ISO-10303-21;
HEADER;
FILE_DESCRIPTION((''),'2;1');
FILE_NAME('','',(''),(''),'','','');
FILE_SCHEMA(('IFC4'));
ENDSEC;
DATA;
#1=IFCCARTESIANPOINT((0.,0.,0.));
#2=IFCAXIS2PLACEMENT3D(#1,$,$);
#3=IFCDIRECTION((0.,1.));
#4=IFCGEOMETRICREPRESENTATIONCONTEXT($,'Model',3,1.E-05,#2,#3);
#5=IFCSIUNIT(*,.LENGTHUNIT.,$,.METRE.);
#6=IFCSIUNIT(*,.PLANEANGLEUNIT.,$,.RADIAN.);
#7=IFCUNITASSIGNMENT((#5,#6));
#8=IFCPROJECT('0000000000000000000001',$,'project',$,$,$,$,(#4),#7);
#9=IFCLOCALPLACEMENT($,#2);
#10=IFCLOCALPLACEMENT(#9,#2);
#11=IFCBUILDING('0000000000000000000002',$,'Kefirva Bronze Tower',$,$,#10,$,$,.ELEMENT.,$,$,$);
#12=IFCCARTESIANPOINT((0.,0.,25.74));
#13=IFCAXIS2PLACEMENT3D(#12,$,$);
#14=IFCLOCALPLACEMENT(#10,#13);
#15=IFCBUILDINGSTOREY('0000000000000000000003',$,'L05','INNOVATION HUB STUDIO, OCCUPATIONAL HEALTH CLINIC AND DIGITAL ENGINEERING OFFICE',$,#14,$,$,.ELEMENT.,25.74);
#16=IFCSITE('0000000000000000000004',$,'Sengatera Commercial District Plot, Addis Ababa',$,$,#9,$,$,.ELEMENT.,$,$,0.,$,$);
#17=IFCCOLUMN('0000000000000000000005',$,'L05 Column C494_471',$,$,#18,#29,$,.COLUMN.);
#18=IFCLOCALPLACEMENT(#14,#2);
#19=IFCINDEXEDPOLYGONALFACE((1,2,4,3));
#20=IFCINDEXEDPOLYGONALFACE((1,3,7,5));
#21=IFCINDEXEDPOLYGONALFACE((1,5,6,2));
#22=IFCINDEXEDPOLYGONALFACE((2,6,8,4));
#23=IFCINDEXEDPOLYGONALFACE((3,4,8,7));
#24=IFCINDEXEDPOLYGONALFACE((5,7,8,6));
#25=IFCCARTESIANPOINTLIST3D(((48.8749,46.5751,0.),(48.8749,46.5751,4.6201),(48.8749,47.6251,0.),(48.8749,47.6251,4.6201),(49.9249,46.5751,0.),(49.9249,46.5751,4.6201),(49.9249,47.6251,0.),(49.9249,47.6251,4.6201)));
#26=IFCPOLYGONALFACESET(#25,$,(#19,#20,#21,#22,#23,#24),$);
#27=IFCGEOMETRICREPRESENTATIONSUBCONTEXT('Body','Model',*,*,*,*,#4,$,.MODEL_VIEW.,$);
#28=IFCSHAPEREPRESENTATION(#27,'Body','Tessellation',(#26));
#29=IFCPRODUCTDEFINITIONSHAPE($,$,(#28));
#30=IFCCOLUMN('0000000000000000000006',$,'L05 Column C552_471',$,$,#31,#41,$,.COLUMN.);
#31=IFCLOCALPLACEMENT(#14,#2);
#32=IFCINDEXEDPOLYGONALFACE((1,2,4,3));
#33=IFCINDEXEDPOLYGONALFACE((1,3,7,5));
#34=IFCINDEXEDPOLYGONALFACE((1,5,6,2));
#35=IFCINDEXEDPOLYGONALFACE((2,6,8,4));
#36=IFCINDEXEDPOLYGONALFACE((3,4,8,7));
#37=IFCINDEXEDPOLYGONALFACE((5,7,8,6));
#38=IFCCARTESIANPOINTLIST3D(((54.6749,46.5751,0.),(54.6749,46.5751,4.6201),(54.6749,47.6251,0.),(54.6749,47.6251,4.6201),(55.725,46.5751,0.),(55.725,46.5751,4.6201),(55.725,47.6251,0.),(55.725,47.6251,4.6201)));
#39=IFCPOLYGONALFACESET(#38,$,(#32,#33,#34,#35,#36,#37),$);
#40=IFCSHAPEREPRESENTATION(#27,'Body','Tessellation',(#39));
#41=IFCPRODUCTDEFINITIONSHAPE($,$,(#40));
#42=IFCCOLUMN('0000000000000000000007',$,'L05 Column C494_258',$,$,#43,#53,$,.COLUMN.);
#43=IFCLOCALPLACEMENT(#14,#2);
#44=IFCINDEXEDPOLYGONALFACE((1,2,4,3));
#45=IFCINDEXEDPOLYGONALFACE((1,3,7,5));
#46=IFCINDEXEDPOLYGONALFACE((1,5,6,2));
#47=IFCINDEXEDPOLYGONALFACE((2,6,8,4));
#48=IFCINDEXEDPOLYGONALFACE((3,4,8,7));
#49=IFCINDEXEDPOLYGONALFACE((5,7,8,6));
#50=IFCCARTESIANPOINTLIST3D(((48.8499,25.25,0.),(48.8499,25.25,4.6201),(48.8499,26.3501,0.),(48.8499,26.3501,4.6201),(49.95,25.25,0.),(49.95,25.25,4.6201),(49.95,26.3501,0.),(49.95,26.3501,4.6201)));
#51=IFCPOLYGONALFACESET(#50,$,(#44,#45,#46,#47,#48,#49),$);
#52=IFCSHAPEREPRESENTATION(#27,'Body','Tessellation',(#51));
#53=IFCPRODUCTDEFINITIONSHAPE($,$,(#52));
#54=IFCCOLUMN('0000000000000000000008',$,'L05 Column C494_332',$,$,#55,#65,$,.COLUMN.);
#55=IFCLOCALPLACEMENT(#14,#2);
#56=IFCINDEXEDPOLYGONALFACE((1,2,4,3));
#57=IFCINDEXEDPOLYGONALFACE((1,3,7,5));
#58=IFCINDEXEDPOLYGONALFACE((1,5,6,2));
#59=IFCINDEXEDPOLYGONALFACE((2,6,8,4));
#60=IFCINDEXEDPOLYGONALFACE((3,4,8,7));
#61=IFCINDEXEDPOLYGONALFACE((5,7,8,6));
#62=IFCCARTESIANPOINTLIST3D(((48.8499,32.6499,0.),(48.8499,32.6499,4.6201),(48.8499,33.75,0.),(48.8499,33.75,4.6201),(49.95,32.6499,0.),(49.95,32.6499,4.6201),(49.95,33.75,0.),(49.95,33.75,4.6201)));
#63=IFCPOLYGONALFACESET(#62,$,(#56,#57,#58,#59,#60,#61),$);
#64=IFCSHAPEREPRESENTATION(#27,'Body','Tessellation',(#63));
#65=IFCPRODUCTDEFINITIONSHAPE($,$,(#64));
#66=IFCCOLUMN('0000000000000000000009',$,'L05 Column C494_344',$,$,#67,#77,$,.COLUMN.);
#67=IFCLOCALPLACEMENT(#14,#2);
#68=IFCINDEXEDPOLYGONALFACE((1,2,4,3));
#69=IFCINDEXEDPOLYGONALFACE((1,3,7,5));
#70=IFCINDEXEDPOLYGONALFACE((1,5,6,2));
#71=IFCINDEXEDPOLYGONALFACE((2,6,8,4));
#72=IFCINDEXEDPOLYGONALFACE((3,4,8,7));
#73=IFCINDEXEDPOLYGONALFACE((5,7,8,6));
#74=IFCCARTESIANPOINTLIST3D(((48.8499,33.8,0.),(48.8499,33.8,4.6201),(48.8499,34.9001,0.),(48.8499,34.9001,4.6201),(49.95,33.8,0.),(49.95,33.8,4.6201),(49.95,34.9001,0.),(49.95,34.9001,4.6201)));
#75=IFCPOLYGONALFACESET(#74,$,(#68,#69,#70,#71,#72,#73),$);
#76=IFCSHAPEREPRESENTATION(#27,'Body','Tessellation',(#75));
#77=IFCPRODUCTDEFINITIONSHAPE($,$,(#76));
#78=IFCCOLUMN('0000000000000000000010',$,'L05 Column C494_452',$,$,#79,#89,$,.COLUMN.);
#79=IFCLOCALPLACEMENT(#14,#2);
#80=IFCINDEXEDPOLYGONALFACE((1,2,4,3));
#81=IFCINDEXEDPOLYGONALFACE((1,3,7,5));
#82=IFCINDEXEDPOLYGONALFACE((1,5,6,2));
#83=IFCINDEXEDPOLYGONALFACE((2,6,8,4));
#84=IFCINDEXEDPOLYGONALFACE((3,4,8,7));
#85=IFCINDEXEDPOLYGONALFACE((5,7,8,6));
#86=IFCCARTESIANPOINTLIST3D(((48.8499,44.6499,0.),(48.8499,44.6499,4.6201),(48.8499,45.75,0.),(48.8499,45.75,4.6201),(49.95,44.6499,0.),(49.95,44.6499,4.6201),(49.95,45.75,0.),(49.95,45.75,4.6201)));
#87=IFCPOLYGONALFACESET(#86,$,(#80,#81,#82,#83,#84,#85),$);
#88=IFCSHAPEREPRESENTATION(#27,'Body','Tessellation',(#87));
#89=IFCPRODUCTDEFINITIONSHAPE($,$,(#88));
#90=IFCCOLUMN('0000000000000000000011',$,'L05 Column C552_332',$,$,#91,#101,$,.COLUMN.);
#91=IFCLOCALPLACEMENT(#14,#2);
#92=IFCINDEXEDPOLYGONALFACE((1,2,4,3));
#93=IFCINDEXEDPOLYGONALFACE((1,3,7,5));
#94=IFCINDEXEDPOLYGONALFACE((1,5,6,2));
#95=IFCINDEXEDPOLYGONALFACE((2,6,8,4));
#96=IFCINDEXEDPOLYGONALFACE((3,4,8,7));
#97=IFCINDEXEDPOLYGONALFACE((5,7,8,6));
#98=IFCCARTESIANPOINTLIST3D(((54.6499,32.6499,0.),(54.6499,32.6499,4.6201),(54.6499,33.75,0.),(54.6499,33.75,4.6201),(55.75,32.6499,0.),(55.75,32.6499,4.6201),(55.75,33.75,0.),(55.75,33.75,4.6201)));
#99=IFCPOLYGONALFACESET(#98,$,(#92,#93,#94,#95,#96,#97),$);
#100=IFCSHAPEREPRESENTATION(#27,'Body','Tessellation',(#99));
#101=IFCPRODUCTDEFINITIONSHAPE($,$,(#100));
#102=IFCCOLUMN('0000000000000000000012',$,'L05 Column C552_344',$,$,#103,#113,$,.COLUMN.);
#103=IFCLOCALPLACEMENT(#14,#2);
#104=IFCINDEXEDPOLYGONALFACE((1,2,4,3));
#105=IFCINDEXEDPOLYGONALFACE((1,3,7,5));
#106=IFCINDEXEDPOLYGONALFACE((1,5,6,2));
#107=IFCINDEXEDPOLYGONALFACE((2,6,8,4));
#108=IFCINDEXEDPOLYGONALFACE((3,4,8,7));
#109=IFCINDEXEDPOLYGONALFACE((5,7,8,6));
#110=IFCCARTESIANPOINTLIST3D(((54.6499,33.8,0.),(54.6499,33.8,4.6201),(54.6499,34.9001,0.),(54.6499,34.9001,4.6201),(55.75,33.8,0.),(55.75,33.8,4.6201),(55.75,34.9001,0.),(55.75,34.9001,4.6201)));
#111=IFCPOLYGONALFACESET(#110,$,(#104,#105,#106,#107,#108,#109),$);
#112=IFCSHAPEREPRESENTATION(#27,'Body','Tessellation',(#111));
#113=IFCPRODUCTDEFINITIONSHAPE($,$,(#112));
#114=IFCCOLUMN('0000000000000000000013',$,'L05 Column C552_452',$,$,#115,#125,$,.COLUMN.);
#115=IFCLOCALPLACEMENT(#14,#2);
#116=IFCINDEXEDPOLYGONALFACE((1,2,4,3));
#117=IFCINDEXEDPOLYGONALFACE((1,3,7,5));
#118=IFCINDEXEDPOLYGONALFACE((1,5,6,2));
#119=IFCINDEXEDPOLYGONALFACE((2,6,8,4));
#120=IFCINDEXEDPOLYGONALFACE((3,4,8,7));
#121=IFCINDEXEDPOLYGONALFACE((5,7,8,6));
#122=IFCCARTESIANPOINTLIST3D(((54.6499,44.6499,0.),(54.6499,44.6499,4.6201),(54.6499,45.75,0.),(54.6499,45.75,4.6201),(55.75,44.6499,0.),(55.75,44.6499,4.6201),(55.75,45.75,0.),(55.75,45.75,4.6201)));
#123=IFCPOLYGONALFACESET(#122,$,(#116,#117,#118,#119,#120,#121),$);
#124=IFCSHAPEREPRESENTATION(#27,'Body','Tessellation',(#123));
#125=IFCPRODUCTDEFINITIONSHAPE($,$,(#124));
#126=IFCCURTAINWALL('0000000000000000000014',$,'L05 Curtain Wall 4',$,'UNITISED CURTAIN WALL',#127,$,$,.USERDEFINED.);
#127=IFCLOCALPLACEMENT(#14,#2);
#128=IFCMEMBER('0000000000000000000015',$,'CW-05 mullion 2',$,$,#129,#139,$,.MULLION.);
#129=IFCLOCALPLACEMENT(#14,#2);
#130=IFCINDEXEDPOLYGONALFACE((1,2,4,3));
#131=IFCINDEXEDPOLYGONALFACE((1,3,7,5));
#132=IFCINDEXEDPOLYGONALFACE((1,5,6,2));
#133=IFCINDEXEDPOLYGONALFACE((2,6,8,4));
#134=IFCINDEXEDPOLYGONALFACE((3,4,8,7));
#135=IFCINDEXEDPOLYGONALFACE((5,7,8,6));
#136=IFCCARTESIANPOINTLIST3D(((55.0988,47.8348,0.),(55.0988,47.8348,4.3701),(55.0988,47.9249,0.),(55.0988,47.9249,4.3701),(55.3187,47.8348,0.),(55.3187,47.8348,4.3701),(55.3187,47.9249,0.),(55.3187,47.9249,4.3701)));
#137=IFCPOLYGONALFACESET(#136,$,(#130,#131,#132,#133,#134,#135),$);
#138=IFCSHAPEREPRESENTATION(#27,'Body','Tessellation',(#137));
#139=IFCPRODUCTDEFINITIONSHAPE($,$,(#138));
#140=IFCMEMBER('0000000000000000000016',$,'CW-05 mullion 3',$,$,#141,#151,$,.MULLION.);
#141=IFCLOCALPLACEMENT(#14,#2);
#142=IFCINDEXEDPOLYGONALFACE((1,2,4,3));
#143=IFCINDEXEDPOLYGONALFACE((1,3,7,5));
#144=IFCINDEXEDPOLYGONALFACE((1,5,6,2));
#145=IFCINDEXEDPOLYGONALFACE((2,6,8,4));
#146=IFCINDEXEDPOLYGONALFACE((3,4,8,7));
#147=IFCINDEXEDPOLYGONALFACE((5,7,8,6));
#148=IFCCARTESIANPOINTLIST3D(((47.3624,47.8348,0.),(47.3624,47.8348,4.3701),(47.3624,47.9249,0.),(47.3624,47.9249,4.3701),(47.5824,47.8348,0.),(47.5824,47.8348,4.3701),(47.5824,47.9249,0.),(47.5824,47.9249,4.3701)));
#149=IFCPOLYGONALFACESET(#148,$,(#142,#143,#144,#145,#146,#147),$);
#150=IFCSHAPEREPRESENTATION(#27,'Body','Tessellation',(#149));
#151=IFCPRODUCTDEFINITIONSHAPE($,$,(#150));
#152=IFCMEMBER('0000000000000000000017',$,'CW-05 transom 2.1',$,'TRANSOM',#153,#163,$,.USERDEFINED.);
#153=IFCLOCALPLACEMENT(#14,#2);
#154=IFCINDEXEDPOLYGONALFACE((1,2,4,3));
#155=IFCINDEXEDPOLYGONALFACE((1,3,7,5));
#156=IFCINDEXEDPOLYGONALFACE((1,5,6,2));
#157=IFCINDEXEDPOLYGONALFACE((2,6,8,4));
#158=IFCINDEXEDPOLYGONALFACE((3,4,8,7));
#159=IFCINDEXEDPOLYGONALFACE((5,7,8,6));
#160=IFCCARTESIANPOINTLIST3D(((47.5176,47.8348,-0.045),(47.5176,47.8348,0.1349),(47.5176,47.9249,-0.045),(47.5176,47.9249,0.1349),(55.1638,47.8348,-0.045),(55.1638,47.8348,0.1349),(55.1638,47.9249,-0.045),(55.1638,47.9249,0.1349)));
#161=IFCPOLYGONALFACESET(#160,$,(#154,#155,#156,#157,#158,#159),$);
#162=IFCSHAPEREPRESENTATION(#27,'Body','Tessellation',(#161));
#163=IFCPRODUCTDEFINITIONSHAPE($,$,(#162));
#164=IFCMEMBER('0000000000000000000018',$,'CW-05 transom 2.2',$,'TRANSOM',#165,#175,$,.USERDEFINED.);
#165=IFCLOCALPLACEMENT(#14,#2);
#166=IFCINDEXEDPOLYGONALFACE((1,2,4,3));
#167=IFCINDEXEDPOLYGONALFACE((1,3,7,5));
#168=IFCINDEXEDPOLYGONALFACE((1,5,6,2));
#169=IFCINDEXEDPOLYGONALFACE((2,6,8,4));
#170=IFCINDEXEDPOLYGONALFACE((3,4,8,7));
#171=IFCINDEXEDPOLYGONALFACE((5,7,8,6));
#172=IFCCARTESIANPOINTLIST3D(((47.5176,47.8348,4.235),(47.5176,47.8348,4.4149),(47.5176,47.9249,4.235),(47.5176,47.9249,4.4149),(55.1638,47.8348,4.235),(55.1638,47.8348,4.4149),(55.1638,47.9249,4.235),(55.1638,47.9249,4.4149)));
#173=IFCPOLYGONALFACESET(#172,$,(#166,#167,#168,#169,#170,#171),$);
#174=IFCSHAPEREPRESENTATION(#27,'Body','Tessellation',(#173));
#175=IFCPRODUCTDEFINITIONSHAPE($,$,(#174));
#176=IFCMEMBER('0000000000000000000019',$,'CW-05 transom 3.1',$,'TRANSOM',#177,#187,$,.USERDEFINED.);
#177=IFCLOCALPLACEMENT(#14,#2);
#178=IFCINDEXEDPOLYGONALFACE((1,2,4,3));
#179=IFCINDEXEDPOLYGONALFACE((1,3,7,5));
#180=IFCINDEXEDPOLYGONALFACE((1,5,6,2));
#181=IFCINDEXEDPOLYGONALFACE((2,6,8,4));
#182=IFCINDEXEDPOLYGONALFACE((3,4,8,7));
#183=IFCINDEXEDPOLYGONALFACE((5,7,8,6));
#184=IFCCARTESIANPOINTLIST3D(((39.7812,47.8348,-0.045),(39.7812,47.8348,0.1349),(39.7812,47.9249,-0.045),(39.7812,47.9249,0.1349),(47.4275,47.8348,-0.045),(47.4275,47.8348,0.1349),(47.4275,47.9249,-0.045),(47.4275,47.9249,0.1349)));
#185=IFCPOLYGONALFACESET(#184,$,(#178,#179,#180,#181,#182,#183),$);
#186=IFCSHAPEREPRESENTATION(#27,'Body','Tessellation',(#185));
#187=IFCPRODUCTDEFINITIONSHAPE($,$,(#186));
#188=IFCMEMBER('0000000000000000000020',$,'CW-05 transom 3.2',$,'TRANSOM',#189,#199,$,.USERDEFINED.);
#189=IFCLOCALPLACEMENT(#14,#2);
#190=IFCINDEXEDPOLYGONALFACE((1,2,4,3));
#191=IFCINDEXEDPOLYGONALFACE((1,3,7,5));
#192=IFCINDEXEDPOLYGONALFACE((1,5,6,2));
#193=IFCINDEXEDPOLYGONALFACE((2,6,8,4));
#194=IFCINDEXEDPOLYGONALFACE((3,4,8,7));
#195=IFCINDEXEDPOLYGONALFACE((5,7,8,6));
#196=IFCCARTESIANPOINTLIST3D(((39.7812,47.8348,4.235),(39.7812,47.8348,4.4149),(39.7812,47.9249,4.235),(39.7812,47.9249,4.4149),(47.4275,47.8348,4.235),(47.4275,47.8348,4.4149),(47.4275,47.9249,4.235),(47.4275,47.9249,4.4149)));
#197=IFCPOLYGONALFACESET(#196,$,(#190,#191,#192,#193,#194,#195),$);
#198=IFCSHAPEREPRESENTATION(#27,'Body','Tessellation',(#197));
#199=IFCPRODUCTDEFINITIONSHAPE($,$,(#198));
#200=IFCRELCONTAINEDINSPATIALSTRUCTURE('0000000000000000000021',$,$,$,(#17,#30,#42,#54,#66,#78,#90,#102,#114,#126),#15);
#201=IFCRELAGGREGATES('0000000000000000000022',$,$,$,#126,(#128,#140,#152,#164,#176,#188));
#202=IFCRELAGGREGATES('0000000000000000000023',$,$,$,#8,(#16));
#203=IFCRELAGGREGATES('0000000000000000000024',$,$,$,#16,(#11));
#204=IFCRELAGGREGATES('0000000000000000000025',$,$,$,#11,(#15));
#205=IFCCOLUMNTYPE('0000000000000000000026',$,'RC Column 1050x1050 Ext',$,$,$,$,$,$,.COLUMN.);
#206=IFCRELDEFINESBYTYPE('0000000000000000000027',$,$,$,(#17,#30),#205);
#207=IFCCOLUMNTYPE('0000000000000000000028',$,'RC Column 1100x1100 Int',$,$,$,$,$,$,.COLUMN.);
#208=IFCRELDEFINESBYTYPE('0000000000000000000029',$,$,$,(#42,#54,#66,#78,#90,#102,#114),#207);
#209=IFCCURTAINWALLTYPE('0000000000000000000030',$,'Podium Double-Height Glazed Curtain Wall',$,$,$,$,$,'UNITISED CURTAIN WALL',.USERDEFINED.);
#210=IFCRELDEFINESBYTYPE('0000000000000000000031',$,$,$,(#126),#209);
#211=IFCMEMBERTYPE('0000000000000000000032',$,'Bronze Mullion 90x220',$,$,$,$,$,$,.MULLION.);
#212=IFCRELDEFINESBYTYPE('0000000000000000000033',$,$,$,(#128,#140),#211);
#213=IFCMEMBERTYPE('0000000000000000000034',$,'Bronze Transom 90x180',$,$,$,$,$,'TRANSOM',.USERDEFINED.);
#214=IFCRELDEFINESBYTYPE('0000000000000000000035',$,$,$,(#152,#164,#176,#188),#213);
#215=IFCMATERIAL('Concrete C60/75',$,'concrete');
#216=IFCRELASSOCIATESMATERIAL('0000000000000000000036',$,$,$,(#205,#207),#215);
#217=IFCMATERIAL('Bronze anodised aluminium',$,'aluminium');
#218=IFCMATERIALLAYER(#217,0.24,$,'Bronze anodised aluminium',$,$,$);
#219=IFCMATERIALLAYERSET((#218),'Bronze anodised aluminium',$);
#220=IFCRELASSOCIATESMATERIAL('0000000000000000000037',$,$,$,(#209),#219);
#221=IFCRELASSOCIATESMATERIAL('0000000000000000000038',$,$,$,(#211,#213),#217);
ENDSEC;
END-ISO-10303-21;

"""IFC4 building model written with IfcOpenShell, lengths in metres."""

from ifc_helpers import new_model, si_unit, direction, frame, origin, origin_2d, place, context, subcontext, project, spatial, rectangle, extrude, material, layer, layer_set, material_profile, profile_set, type_object, element, aggregate, save


model = new_model("IFC4")

# Units and contexts
model_context = context("Model", 3, precision=1e-05, world=origin(), true_north=direction((0.0, 1.0)))
body_context = subcontext(model_context, "Body", "Model", "MODEL_VIEW")
ifc_project = project(units=[si_unit("LENGTHUNIT", "METRE"), si_unit("PLANEANGLEUNIT", "RADIAN")], contexts=[model_context])

# Site, building, storey
site_placement = place(None, origin())
site = spatial("IfcSite", under=ifc_project, at=site_placement, Name="Sengatera Commercial District Plot, Addis Ababa", CompositionType="ELEMENT", RefElevation=0.0)
building_placement = place(site_placement, origin())
building = spatial("IfcBuilding", under=site, at=building_placement, Name="Kefirva Bronze Tower", CompositionType="ELEMENT")
storey_placement = place(building_placement, frame((0.0, 0.0, 25.74)))
storey = spatial("IfcBuildingStorey", under=building, at=storey_placement, Name="L05", Description="INNOVATION HUB STUDIO, OCCUPATIONAL HEALTH CLINIC AND DIGITAL ENGINEERING OFFICE", CompositionType="ELEMENT", Elevation=25.74)

# Columns
ifc_material_1 = material(Name="Concrete C60/75", Category="concrete")
ifc_material_profile_1 = material_profile(ifc_material_1, rectangle(XDim=1.05, YDim=1.05, at=origin_2d()), Name="RC 1050x1050")
ifc_profile_set_1 = profile_set([ifc_material_profile_1], Name="Concrete C60/75")
column_type_1 = type_object("IfcColumnType", Name="RC Column 1050x1050 Ext", PredefinedType="COLUMN", material=ifc_profile_set_1)
for number, where, z_axis, x_axis, name in (
    (1, (49.3999, 47.1001, 0.0), (0.0, 0.0, 1.0), (1.0, 0.0, 0.0), "L05 Column C494_471"),
    (2, (55.2, 47.1001, 0.0), (0.0, 0.0, 1.0), (1.0, 0.0, 0.0), "L05 Column C552_471"),
):
    element("IfcColumn", number, at=place(storey_placement, frame(where, z_axis=z_axis, x_axis=x_axis)), inside=storey, type_object=column_type_1, Name=name, PredefinedType="COLUMN", context=body_context, shape_type="SweptSolid", body=[
        extrude(rectangle(XDim=1.05, YDim=1.05, at=origin_2d()), origin(), (0.0, 0.0, 1.0), 4.6201),
    ])
ifc_material_profile_2 = material_profile(ifc_material_1, rectangle(XDim=1.1001, YDim=1.1001, at=origin_2d()), Name="RC 1100x1100")
ifc_profile_set_2 = profile_set([ifc_material_profile_2], Name="Concrete C60/75")
column_type_2 = type_object("IfcColumnType", Name="RC Column 1100x1100 Int", PredefinedType="COLUMN", material=ifc_profile_set_2)
for number, where, z_axis, x_axis, name in (
    (3, (49.3999, 25.8, 0.0), (0.0, 0.0, 1.0), (1.0, 0.0, 0.0), "L05 Column C494_258"),
    (4, (49.3999, 33.2, 0.0), (0.0, 0.0, 1.0), (1.0, 0.0, 0.0), "L05 Column C494_332"),
    (5, (49.3999, 34.3501, 0.0), (0.0, 0.0, 1.0), (1.0, 0.0, 0.0), "L05 Column C494_344"),
    (6, (49.3999, 45.2, 0.0), (0.0, 0.0, 1.0), (1.0, 0.0, 0.0), "L05 Column C494_452"),
    (7, (55.2, 33.2, 0.0), (0.0, 0.0, 1.0), (1.0, 0.0, 0.0), "L05 Column C552_332"),
    (8, (55.2, 34.3501, 0.0), (0.0, 0.0, 1.0), (1.0, 0.0, 0.0), "L05 Column C552_344"),
    (9, (55.2, 45.2, 0.0), (0.0, 0.0, 1.0), (1.0, 0.0, 0.0), "L05 Column C552_452"),
):
    element("IfcColumn", number, at=place(storey_placement, frame(where, z_axis=z_axis, x_axis=x_axis)), inside=storey, type_object=column_type_2, Name=name, PredefinedType="COLUMN", context=body_context, shape_type="SweptSolid", body=[
        extrude(rectangle(XDim=1.1001, YDim=1.1001, at=origin_2d()), origin(), (0.0, 0.0, 1.0), 4.6201),
    ])

# Curtain wall, members
ifc_material_2 = material(Name="Bronze anodised aluminium", Category="aluminium")
ifc_layer_1 = layer(ifc_material_2, 0.24, Name="Bronze anodised aluminium")
ifc_layer_set_1 = layer_set([ifc_layer_1], Name="Bronze anodised aluminium")
curtain_wall_type = type_object("IfcCurtainWallType", Name="Podium Double-Height Glazed Curtain Wall", ElementType="UNITISED CURTAIN WALL", PredefinedType="USERDEFINED", material=ifc_layer_set_1)
curtain_wall_placement = place(storey_placement, origin())
curtain_wall = element("IfcCurtainWall", 10, at=curtain_wall_placement, inside=storey, type_object=curtain_wall_type, Name="L05 Curtain Wall 4", ObjectType="UNITISED CURTAIN WALL", PredefinedType="USERDEFINED")
ifc_material_profile_3 = material_profile(ifc_material_2, rectangle(XDim=0.0901, YDim=0.22, at=origin_2d()), Name="ALU 90x220")
ifc_profile_set_3 = profile_set([ifc_material_profile_3], Name="Bronze anodised aluminium")
member_type_1 = type_object("IfcMemberType", Name="Bronze Mullion 90x220", PredefinedType="MULLION", material=ifc_profile_set_3)
member_1_placement = place(storey_placement, frame((55.2087, 47.8799, 0.0), z_axis=(0.0, 0.0, 1.0), x_axis=(0.0, -1.0, 0.0)))
member_1 = element("IfcMember", 11, at=member_1_placement, type_object=member_type_1, Name="CW-05 mullion 2", PredefinedType="MULLION", context=body_context, shape_type="SweptSolid", body=[
    extrude(rectangle(XDim=0.0901, YDim=0.22, at=origin_2d()), origin(), (0.0, 0.0, 1.0), 4.3701),
])
member_2_placement = place(storey_placement, frame((47.4724, 47.8799, 0.0), z_axis=(0.0, 0.0, 1.0), x_axis=(0.0, -1.0, 0.0)))
member_2 = element("IfcMember", 12, at=member_2_placement, type_object=member_type_1, Name="CW-05 mullion 3", PredefinedType="MULLION", context=body_context, shape_type="SweptSolid", body=[
    extrude(rectangle(XDim=0.0901, YDim=0.22, at=origin_2d()), origin(), (0.0, 0.0, 1.0), 4.3701),
])
ifc_material_profile_4 = material_profile(ifc_material_2, rectangle(XDim=0.0901, YDim=0.1799, at=origin_2d()), Name="ALU 90x180")
ifc_profile_set_4 = profile_set([ifc_material_profile_4], Name="Bronze anodised aluminium")
member_type_2 = type_object("IfcMemberType", Name="Bronze Transom 90x180", ElementType="TRANSOM", PredefinedType="USERDEFINED", material=ifc_profile_set_4)
member_3_placement = place(storey_placement, frame((55.1638, 47.8799, 0.0449), z_axis=(-1.0, 0.0, 0.0), x_axis=(0.0, -1.0, 0.0)))
member_3 = element("IfcMember", 13, at=member_3_placement, type_object=member_type_2, Name="CW-05 transom 2.1", ObjectType="TRANSOM", PredefinedType="USERDEFINED", context=body_context, shape_type="SweptSolid", body=[
    extrude(rectangle(XDim=0.0901, YDim=0.1799, at=origin_2d()), origin(), (0.0, 0.0, 1.0), 7.6462),
])
member_4_placement = place(storey_placement, frame((55.1638, 47.8799, 4.325), z_axis=(-1.0, 0.0, 0.0), x_axis=(0.0, -1.0, 0.0)))
member_4 = element("IfcMember", 14, at=member_4_placement, type_object=member_type_2, Name="CW-05 transom 2.2", ObjectType="TRANSOM", PredefinedType="USERDEFINED", context=body_context, shape_type="SweptSolid", body=[
    extrude(rectangle(XDim=0.0901, YDim=0.1799, at=origin_2d()), origin(), (0.0, 0.0, 1.0), 7.6462),
])
member_5_placement = place(storey_placement, frame((47.4275, 47.8799, 0.0449), z_axis=(-1.0, 0.0, 0.0), x_axis=(0.0, -1.0, 0.0)))
member_5 = element("IfcMember", 15, at=member_5_placement, type_object=member_type_2, Name="CW-05 transom 3.1", ObjectType="TRANSOM", PredefinedType="USERDEFINED", context=body_context, shape_type="SweptSolid", body=[
    extrude(rectangle(XDim=0.0901, YDim=0.1799, at=origin_2d()), origin(), (0.0, 0.0, 1.0), 7.6462),
])
member_6_placement = place(storey_placement, frame((47.4275, 47.8799, 4.325), z_axis=(-1.0, 0.0, 0.0), x_axis=(0.0, -1.0, 0.0)))
member_6 = element("IfcMember", 16, at=member_6_placement, type_object=member_type_2, Name="CW-05 transom 3.2", ObjectType="TRANSOM", PredefinedType="USERDEFINED", context=body_context, shape_type="SweptSolid", body=[
    extrude(rectangle(XDim=0.0901, YDim=0.1799, at=origin_2d()), origin(), (0.0, 0.0, 1.0), 7.6462),
])

aggregate(curtain_wall, [member_1, member_2, member_3, member_4, member_5, member_6])

save(model, "model.ifc")
